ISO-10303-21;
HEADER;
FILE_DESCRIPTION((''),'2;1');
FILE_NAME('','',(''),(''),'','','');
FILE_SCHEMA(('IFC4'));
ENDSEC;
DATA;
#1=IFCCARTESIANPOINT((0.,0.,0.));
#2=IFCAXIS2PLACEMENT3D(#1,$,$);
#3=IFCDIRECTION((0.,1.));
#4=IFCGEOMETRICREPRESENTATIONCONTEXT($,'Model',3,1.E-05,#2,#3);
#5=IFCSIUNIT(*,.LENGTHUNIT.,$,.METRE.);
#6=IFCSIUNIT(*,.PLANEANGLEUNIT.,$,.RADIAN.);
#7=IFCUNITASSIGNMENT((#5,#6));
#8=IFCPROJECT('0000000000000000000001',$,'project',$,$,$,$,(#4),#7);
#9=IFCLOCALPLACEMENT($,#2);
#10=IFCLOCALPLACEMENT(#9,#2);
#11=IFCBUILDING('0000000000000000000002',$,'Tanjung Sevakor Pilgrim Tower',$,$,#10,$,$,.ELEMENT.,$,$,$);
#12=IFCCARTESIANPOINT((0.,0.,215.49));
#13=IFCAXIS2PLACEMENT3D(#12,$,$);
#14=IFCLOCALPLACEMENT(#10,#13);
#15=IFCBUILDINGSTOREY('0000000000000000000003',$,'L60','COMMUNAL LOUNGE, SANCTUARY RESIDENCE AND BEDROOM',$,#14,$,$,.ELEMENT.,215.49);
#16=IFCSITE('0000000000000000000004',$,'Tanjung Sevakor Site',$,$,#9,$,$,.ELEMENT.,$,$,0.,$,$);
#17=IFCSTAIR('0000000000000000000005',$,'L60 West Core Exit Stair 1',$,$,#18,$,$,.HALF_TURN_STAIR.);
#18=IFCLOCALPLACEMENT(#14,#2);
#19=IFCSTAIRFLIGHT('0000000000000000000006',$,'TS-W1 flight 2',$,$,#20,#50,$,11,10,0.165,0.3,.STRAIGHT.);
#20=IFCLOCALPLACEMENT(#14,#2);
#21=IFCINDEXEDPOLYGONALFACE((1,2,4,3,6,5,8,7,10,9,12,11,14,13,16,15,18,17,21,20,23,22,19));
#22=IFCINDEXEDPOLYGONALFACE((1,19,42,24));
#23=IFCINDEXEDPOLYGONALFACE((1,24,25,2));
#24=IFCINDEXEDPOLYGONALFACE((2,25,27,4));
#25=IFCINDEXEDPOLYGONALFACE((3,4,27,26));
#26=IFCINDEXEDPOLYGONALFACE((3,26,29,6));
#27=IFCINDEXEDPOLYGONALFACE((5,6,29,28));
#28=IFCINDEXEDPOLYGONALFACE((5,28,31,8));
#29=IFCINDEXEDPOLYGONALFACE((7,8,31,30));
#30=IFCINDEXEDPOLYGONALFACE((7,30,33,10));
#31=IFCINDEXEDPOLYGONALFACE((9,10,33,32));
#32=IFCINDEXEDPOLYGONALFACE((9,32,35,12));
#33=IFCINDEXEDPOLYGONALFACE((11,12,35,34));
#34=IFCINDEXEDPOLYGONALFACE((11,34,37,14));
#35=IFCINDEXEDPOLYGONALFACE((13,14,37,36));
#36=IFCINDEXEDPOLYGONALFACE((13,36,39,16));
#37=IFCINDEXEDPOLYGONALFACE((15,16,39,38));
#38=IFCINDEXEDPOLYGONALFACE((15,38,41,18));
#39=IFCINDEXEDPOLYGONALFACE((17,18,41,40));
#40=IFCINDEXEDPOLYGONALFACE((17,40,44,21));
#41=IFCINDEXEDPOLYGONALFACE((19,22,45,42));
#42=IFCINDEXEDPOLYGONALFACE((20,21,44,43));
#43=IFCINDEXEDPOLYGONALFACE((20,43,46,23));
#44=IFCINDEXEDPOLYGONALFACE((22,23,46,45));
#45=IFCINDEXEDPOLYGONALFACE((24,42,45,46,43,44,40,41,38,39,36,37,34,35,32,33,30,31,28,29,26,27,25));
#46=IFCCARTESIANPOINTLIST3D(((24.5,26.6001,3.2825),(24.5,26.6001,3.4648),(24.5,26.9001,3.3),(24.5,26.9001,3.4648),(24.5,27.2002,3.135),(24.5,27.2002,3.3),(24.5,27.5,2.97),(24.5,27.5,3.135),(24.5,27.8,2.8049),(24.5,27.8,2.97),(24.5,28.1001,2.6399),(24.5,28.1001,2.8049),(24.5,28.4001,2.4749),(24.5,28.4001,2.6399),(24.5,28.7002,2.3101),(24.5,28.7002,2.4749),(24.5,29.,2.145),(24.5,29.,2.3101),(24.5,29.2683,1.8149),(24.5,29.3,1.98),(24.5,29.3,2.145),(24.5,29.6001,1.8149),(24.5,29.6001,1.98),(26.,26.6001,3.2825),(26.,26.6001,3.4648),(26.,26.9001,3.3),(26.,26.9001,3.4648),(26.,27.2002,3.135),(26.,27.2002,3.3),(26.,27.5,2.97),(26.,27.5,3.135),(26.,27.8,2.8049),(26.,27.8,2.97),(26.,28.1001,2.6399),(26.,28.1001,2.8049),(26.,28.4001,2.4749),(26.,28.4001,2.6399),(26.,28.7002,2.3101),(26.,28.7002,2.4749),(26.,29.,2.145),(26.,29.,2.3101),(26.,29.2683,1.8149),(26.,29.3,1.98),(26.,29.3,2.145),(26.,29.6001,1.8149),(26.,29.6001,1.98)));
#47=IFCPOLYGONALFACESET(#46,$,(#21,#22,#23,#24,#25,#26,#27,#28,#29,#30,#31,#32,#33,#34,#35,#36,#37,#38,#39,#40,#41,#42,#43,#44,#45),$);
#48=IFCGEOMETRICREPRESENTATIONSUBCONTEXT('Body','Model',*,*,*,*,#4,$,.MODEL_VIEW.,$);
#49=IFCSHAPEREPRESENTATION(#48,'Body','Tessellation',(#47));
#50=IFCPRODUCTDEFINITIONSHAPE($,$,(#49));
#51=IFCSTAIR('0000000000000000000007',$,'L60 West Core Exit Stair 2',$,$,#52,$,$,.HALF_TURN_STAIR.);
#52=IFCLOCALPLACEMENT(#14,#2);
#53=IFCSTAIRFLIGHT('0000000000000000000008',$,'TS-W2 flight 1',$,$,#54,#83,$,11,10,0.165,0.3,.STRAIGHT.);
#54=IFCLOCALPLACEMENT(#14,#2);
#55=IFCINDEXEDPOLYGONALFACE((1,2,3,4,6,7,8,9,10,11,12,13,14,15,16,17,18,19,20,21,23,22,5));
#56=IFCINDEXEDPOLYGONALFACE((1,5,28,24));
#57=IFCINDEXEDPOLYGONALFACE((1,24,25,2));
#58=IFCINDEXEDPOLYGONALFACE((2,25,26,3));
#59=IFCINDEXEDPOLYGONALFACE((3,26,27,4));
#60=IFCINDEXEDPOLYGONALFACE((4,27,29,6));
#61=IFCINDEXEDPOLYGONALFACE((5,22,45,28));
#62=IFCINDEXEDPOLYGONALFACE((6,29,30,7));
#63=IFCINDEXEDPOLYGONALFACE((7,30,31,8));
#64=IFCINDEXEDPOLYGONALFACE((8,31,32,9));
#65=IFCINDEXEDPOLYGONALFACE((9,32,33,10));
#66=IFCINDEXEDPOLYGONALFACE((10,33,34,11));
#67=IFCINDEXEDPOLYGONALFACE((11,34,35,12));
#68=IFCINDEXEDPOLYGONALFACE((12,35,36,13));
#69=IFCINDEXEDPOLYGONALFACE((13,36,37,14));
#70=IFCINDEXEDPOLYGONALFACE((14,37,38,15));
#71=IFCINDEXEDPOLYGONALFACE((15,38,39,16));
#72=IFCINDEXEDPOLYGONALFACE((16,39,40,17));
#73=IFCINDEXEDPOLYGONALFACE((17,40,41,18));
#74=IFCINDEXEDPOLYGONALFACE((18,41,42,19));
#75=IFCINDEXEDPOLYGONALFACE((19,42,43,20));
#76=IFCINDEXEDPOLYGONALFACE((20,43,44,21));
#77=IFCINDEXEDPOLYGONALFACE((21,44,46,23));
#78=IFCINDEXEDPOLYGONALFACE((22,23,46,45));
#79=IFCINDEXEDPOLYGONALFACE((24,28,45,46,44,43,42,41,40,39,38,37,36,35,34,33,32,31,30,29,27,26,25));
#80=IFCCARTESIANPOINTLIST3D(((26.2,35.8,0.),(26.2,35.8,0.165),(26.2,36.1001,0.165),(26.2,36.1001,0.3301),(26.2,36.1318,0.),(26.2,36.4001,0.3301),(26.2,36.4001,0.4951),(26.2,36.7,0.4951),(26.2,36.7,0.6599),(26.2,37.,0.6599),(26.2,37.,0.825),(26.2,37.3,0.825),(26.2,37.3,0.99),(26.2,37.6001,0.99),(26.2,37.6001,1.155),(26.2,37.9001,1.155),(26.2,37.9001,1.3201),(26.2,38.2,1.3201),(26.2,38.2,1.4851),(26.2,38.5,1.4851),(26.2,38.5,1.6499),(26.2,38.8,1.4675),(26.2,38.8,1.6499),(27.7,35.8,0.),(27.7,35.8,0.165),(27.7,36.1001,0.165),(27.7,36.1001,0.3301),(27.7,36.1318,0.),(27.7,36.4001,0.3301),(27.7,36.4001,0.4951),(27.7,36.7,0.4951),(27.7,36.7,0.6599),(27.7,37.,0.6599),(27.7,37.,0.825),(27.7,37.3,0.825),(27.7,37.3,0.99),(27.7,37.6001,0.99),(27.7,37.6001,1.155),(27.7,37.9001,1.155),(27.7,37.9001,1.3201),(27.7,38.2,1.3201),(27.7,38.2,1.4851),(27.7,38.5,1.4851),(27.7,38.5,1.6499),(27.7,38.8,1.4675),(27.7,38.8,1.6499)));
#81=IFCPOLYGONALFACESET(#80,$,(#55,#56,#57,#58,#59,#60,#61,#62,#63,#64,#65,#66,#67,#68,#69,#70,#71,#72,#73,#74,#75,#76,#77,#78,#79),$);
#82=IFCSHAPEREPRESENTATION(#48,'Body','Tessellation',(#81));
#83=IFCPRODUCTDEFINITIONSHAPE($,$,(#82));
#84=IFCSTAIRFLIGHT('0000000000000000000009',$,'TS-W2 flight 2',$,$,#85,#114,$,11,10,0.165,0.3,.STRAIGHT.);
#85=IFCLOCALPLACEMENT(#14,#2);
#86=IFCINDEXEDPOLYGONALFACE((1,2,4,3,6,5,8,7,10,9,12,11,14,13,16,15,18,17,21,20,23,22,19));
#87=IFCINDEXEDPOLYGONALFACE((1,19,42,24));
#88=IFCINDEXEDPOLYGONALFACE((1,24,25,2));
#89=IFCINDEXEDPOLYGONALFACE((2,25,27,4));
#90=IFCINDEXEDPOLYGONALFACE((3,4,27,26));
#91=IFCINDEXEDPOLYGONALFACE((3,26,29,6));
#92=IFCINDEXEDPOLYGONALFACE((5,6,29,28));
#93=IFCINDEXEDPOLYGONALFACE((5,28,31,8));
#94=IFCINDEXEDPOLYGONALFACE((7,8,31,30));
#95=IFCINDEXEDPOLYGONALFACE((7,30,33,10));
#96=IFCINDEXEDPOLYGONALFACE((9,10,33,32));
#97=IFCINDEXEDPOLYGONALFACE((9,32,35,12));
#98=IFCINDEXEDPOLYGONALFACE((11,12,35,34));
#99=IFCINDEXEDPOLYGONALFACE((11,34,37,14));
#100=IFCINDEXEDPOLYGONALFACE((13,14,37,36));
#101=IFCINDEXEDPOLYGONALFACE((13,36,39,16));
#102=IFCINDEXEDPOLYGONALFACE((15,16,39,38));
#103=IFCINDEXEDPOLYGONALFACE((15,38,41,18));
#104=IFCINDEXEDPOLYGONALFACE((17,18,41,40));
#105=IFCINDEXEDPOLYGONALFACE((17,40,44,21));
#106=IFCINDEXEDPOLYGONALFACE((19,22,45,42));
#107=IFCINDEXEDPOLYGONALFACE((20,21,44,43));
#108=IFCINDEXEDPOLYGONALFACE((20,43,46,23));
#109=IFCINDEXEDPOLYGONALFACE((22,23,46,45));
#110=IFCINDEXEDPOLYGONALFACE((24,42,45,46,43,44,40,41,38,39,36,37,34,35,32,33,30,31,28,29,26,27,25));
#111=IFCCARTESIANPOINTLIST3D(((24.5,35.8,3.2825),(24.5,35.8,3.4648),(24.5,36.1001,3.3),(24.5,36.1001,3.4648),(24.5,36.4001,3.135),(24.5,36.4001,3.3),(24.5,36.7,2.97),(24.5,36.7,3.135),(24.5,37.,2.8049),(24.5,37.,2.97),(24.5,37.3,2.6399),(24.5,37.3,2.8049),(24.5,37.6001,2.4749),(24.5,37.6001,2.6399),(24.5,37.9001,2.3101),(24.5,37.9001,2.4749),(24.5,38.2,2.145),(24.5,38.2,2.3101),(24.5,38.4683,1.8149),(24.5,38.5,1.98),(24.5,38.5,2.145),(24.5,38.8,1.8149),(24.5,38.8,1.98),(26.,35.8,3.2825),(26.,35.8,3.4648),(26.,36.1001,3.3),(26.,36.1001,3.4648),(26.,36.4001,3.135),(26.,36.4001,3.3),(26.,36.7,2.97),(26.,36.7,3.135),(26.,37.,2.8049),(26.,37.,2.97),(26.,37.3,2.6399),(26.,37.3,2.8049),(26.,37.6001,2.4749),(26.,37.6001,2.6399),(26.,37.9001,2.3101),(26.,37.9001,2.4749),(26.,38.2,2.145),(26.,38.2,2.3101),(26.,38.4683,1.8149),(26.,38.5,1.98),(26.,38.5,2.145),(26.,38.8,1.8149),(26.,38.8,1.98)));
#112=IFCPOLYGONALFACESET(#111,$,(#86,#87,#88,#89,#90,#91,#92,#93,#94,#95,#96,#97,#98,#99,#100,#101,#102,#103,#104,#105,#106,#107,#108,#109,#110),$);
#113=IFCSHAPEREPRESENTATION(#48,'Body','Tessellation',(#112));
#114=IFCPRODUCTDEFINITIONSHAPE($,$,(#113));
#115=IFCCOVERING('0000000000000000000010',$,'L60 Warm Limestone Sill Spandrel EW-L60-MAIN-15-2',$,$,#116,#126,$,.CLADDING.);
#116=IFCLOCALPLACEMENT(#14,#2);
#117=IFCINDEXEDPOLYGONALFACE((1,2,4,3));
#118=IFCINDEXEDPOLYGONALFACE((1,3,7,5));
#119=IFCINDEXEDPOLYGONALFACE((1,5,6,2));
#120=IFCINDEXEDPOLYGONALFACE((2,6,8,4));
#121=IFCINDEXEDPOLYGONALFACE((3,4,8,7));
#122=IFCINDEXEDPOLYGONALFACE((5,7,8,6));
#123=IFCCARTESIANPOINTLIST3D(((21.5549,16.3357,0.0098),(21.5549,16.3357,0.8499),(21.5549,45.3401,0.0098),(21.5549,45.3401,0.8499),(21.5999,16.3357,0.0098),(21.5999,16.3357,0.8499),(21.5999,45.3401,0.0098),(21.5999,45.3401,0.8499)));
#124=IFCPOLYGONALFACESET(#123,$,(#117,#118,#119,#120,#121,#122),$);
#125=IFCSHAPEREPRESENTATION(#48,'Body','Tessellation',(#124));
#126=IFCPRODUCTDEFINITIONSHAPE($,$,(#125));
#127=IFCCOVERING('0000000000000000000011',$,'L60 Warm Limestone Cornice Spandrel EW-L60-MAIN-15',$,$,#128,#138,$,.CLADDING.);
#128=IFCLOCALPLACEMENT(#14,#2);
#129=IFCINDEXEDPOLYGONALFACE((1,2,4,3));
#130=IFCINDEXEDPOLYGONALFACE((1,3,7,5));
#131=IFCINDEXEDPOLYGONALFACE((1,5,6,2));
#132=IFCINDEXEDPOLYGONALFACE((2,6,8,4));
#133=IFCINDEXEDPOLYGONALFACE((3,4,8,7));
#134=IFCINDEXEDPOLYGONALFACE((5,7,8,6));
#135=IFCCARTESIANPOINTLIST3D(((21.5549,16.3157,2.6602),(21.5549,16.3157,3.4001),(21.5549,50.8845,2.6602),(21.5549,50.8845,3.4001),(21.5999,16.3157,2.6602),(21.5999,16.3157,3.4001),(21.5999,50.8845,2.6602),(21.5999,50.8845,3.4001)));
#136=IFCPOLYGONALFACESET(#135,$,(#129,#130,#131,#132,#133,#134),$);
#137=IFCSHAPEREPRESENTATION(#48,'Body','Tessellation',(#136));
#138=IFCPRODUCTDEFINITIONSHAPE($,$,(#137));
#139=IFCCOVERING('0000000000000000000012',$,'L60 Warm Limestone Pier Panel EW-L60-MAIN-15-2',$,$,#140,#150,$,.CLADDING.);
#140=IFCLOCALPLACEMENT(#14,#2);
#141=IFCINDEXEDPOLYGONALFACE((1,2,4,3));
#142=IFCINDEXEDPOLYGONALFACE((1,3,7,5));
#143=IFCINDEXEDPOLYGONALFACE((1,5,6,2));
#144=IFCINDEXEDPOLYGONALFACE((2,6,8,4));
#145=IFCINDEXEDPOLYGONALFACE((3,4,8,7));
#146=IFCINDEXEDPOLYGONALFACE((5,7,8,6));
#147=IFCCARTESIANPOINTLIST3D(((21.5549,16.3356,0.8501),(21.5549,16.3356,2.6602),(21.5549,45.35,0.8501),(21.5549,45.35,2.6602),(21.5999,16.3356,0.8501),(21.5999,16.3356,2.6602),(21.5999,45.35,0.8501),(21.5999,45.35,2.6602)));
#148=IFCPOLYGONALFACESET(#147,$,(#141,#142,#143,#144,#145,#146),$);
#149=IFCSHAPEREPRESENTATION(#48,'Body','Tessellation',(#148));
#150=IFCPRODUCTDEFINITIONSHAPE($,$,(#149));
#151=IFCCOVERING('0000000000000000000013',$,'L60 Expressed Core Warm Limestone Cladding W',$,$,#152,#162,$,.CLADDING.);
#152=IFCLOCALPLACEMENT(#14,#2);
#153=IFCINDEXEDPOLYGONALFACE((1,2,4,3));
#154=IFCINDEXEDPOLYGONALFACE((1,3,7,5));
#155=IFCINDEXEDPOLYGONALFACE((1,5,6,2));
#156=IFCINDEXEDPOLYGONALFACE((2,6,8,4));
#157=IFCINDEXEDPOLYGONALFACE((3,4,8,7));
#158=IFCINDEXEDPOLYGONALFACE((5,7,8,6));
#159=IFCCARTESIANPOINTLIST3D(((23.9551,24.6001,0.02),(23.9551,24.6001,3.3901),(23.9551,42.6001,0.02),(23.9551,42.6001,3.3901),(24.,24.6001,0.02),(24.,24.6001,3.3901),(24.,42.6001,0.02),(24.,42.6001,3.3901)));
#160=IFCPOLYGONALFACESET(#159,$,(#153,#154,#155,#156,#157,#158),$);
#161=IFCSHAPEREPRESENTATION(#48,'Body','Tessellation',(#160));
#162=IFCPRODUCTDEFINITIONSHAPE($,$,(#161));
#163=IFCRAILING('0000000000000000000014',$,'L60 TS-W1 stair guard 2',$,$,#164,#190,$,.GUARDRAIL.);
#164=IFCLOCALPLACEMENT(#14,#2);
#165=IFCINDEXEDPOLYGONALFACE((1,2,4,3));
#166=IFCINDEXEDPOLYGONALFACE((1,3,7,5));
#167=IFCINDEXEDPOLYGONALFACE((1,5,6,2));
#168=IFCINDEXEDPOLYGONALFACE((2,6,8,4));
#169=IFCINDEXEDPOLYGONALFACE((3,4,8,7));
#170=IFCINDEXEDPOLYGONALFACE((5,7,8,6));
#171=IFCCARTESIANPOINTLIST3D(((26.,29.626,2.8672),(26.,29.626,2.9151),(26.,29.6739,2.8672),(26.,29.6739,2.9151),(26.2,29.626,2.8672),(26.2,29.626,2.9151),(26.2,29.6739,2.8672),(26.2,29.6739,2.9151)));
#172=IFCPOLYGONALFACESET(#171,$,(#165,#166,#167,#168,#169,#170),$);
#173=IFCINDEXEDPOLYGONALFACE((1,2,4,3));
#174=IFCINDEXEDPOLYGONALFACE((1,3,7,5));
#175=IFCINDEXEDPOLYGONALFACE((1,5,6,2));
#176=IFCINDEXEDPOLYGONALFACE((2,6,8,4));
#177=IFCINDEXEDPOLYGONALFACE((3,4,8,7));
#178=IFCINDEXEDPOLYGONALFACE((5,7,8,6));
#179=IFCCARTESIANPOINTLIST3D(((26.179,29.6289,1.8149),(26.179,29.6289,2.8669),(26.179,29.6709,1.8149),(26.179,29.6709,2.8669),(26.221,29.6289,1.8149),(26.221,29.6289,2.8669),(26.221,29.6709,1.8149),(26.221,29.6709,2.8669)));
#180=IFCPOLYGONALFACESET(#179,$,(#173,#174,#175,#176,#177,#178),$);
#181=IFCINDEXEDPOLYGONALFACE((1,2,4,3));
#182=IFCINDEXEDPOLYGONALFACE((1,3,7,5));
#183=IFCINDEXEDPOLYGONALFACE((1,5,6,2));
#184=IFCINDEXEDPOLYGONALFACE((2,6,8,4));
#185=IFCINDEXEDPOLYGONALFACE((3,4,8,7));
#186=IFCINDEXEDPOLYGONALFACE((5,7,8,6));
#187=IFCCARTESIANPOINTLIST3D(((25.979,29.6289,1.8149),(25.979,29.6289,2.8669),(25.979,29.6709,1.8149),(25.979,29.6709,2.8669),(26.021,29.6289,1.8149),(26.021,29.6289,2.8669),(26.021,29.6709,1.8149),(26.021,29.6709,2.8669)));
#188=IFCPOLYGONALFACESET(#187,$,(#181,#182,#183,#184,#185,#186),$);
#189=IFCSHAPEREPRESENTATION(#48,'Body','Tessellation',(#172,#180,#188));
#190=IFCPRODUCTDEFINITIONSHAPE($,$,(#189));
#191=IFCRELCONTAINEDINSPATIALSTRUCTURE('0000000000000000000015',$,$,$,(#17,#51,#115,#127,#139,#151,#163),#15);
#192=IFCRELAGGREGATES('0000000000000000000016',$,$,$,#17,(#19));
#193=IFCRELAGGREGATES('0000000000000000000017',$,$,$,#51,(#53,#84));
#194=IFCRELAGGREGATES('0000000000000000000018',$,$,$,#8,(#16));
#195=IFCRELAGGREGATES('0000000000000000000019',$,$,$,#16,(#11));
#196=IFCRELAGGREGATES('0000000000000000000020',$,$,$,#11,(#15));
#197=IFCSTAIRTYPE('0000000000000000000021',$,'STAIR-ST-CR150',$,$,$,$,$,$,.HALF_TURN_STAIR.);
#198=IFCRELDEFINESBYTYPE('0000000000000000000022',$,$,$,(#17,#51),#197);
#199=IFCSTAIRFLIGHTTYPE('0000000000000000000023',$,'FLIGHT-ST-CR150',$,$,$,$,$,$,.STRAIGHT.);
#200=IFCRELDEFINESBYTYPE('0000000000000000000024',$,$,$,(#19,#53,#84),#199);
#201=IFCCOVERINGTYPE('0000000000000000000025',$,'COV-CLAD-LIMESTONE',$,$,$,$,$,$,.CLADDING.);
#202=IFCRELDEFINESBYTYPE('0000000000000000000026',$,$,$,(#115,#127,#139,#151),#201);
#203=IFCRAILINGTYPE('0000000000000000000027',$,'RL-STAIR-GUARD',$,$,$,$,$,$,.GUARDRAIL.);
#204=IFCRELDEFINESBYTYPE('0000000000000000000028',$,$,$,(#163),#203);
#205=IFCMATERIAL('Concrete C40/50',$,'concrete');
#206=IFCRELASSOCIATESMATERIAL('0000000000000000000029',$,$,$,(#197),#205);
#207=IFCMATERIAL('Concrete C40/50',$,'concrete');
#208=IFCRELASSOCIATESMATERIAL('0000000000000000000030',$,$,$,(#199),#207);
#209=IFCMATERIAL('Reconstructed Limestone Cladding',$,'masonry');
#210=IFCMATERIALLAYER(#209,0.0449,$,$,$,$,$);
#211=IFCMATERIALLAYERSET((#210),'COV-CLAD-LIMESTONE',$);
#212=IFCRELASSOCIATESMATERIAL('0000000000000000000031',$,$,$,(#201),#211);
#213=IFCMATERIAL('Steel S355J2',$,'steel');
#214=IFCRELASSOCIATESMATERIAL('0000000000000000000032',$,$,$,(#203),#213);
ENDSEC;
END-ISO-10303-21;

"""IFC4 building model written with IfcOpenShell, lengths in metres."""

from ifc_helpers import new_model, si_unit, direction, frame, origin, origin_2d, place, context, subcontext, project, spatial, polyline, rectangle, outline, extrude, material, layer, layer_set, type_object, element, aggregate, save


model = new_model("IFC4")

# Units and contexts
model_context = context("Model", 3, precision=1e-05, world=origin(), true_north=direction((0.0, 1.0)))
body_context = subcontext(model_context, "Body", "Model", "MODEL_VIEW")
ifc_project = project(units=[si_unit("LENGTHUNIT", "METRE"), si_unit("PLANEANGLEUNIT", "RADIAN")], contexts=[model_context])

# Site, building, storey
site_placement = place(None, origin())
site = spatial("IfcSite", under=ifc_project, at=site_placement, Name="Tanjung Sevakor Site", CompositionType="ELEMENT", RefElevation=0.0)
building_placement = place(site_placement, origin())
building = spatial("IfcBuilding", under=site, at=building_placement, Name="Tanjung Sevakor Pilgrim Tower", CompositionType="ELEMENT")
storey_placement = place(building_placement, frame((0.0, 0.0, 215.49)))
storey = spatial("IfcBuildingStorey", under=building, at=storey_placement, Name="L60", Description="COMMUNAL LOUNGE, SANCTUARY RESIDENCE AND BEDROOM", CompositionType="ELEMENT", Elevation=215.49)

# Stair, stair flight
ifc_material_1 = material(Name="Concrete C40/50", Category="concrete")
stair_type = type_object("IfcStairType", Name="STAIR-ST-CR150", PredefinedType="HALF_TURN_STAIR", material=ifc_material_1)
stair_1_placement = place(storey_placement, origin())
stair_1 = element("IfcStair", 1, at=stair_1_placement, inside=storey, type_object=stair_type, Name="L60 West Core Exit Stair 1", PredefinedType="HALF_TURN_STAIR")
ifc_material_2 = material(Name="Concrete C40/50", Category="concrete")
stair_flight_type = type_object("IfcStairFlightType", Name="FLIGHT-ST-CR150", PredefinedType="STRAIGHT", material=ifc_material_2)
stair_flight_1_placement = place(storey_placement, frame((25.25, 29.6001, 1.8149), z_axis=(0.0, 0.0, 1.0), x_axis=(0.0, -1.0, 0.0)))
stair_flight_1 = element("IfcStairFlight", 2, at=stair_flight_1_placement, type_object=stair_flight_type, Name="TS-W1 flight 2", NumberOfRisers=11, NumberOfTreads=10, PredefinedType="STRAIGHT", RiserHeight=0.165, TreadLength=0.3, context=body_context, shape_type="SweptSolid", body=[
    extrude(outline(polyline([(0.0, 0.0), (0.0, 0.165), (0.3, 0.165), (0.3, 0.3301), (0.6001, 0.3301), (0.6001, 0.4951), (0.8999, 0.4951), (0.8999, 0.6599), (1.2, 0.6599), (1.2, 0.825), (1.5, 0.825), (1.5, 0.99), (1.8, 0.99), (1.8, 1.155), (2.1001, 1.155), (2.1001, 1.3201), (2.3999, 1.3201), (2.3999, 1.4851), (2.7, 1.4851), (2.7, 1.6499), (3.0, 1.6499), (3.0, 1.8149), (3.0, 1.4675), (0.3318, 0.0), (0.0, 0.0)])), frame((0.0, 0.75, 0.0), z_axis=(0.0, -1.0, 0.0), x_axis=(1.0, 0.0, 0.0)), (0.0, 0.0, 1.0), 1.5),
])
aggregate(stair_1, [stair_flight_1])

# Stair, stair flights
stair_2_placement = place(storey_placement, origin())
stair_2 = element("IfcStair", 3, at=stair_2_placement, inside=storey, type_object=stair_type, Name="L60 West Core Exit Stair 2", PredefinedType="HALF_TURN_STAIR")
stair_flight_2_placement = place(storey_placement, frame((26.95, 35.8, 0.0), z_axis=(0.0, 0.0, 1.0), x_axis=(0.0, 1.0, 0.0)))
stair_flight_2 = element("IfcStairFlight", 4, at=stair_flight_2_placement, type_object=stair_flight_type, Name="TS-W2 flight 1", NumberOfRisers=11, NumberOfTreads=10, PredefinedType="STRAIGHT", RiserHeight=0.165, TreadLength=0.3, context=body_context, shape_type="SweptSolid", body=[
    extrude(outline(polyline([(0.0, 0.0), (0.0, 0.165), (0.3, 0.165), (0.3, 0.3301), (0.6001, 0.3301), (0.6001, 0.4951), (0.8999, 0.4951), (0.8999, 0.6599), (1.2, 0.6599), (1.2, 0.825), (1.5, 0.825), (1.5, 0.99), (1.8, 0.99), (1.8, 1.155), (2.1001, 1.155), (2.1001, 1.3201), (2.3999, 1.3201), (2.3999, 1.4851), (2.7, 1.4851), (2.7, 1.6499), (3.0, 1.6499), (3.0, 1.8149), (3.0, 1.4675), (0.3318, 0.0), (0.0, 0.0)])), frame((0.0, 0.75, 0.0), z_axis=(0.0, -1.0, 0.0), x_axis=(1.0, 0.0, 0.0)), (0.0, 0.0, 1.0), 1.5),
])
stair_flight_3_placement = place(storey_placement, frame((25.25, 38.8, 1.8149), z_axis=(0.0, 0.0, 1.0), x_axis=(0.0, -1.0, 0.0)))
stair_flight_3 = element("IfcStairFlight", 5, at=stair_flight_3_placement, type_object=stair_flight_type, Name="TS-W2 flight 2", NumberOfRisers=11, NumberOfTreads=10, PredefinedType="STRAIGHT", RiserHeight=0.165, TreadLength=0.3, context=body_context, shape_type="SweptSolid", body=[
    extrude(outline(polyline([(0.0, 0.0), (0.0, 0.165), (0.3, 0.165), (0.3, 0.3301), (0.6001, 0.3301), (0.6001, 0.4951), (0.8999, 0.4951), (0.8999, 0.6599), (1.2, 0.6599), (1.2, 0.825), (1.5, 0.825), (1.5, 0.99), (1.8, 0.99), (1.8, 1.155), (2.1001, 1.155), (2.1001, 1.3201), (2.3999, 1.3201), (2.3999, 1.4851), (2.7, 1.4851), (2.7, 1.6499), (3.0, 1.6499), (3.0, 1.8149), (3.0, 1.4675), (0.3318, 0.0), (0.0, 0.0)])), frame((0.0, 0.75, 0.0), z_axis=(0.0, -1.0, 0.0), x_axis=(1.0, 0.0, 0.0)), (0.0, 0.0, 1.0), 1.5),
])
aggregate(stair_2, [stair_flight_2, stair_flight_3])

# Coverings
ifc_material_3 = material(Name="Reconstructed Limestone Cladding", Category="masonry")
ifc_layer_1 = layer(ifc_material_3, 0.0449)
ifc_layer_set_1 = layer_set([ifc_layer_1], Name="COV-CLAD-LIMESTONE")
covering_type = type_object("IfcCoveringType", Name="COV-CLAD-LIMESTONE", PredefinedType="CLADDING", material=ifc_layer_set_1)
covering_1_placement = place(storey_placement, frame((21.5774, 30.8379, 0.0098), z_axis=(0.0, 0.0, 1.0), x_axis=(0.0, -1.0, 0.0)))
element("IfcCovering", 6, at=covering_1_placement, inside=storey, type_object=covering_type, Name="L60 Warm Limestone Sill Spandrel EW-L60-MAIN-15-2", PredefinedType="CLADDING", context=body_context, shape_type="SweptSolid", body=[
    extrude(rectangle(XDim=29.0044, YDim=0.0449, at=origin_2d()), origin(), (0.0, 0.0, 1.0), 0.8401),
])
covering_2_placement = place(storey_placement, frame((21.5774, 33.6001, 2.6602), z_axis=(0.0, 0.0, 1.0), x_axis=(0.0, -1.0, 0.0)))
element("IfcCovering", 7, at=covering_2_placement, inside=storey, type_object=covering_type, Name="L60 Warm Limestone Cornice Spandrel EW-L60-MAIN-15", PredefinedType="CLADDING", context=body_context, shape_type="SweptSolid", body=[
    extrude(rectangle(XDim=34.5688, YDim=0.0449, at=origin_2d()), origin(), (0.0, 0.0, 1.0), 0.74),
])
covering_3_placement = place(storey_placement, frame((21.5774, 30.8428, 0.8501), z_axis=(0.0, 0.0, 1.0), x_axis=(0.0, -1.0, 0.0)))
element("IfcCovering", 8, at=covering_3_placement, inside=storey, type_object=covering_type, Name="L60 Warm Limestone Pier Panel EW-L60-MAIN-15-2", PredefinedType="CLADDING", context=body_context, shape_type="SweptSolid", body=[
    extrude(rectangle(XDim=29.0144, YDim=0.0449, at=origin_2d()), origin(), (0.0, 0.0, 1.0), 1.8101),
])
covering_4_placement = place(storey_placement, frame((23.9775, 33.6001, 0.02), z_axis=(0.0, 0.0, 1.0), x_axis=(1.0, 0.0, 0.0)))
element("IfcCovering", 9, at=covering_4_placement, inside=storey, type_object=covering_type, Name="L60 Expressed Core Warm Limestone Cladding W", PredefinedType="CLADDING", context=body_context, shape_type="SweptSolid", body=[
    extrude(rectangle(XDim=0.0449, YDim=18.0, at=origin_2d()), origin(), (0.0, 0.0, 1.0), 3.3701),
])

# Railing
ifc_material_4 = material(Name="Steel S355J2", Category="steel")
railing_type_1 = type_object("IfcRailingType", Name="RL-STAIR-GUARD", PredefinedType="GUARDRAIL", material=ifc_material_4)
railing_1_placement = place(storey_placement, frame((26.2, 29.6499, 1.8149)))
element("IfcRailing", 10, at=railing_1_placement, inside=storey, type_object=railing_type_1, Name="L60 TS-W1 stair guard 2", PredefinedType="GUARDRAIL", context=body_context, shape_type="SweptSolid", body=[
    extrude(rectangle(XDim=0.0479, YDim=0.0479), frame((0.0, 0.0, 1.0762), z_axis=(-1.0, 0.0, 0.0), x_axis=(0.0, -1.0, 0.0)), (0.0, 0.0, 1.0), 0.2),
    extrude(rectangle(XDim=0.042, YDim=0.042), origin(), (0.0, 0.0, 1.0), 1.052),
    extrude(rectangle(XDim=0.042, YDim=0.042), frame((-0.2, 0.0, 0.0)), (0.0, 0.0, 1.0), 1.052),
])

save(model, "model.ifc")
